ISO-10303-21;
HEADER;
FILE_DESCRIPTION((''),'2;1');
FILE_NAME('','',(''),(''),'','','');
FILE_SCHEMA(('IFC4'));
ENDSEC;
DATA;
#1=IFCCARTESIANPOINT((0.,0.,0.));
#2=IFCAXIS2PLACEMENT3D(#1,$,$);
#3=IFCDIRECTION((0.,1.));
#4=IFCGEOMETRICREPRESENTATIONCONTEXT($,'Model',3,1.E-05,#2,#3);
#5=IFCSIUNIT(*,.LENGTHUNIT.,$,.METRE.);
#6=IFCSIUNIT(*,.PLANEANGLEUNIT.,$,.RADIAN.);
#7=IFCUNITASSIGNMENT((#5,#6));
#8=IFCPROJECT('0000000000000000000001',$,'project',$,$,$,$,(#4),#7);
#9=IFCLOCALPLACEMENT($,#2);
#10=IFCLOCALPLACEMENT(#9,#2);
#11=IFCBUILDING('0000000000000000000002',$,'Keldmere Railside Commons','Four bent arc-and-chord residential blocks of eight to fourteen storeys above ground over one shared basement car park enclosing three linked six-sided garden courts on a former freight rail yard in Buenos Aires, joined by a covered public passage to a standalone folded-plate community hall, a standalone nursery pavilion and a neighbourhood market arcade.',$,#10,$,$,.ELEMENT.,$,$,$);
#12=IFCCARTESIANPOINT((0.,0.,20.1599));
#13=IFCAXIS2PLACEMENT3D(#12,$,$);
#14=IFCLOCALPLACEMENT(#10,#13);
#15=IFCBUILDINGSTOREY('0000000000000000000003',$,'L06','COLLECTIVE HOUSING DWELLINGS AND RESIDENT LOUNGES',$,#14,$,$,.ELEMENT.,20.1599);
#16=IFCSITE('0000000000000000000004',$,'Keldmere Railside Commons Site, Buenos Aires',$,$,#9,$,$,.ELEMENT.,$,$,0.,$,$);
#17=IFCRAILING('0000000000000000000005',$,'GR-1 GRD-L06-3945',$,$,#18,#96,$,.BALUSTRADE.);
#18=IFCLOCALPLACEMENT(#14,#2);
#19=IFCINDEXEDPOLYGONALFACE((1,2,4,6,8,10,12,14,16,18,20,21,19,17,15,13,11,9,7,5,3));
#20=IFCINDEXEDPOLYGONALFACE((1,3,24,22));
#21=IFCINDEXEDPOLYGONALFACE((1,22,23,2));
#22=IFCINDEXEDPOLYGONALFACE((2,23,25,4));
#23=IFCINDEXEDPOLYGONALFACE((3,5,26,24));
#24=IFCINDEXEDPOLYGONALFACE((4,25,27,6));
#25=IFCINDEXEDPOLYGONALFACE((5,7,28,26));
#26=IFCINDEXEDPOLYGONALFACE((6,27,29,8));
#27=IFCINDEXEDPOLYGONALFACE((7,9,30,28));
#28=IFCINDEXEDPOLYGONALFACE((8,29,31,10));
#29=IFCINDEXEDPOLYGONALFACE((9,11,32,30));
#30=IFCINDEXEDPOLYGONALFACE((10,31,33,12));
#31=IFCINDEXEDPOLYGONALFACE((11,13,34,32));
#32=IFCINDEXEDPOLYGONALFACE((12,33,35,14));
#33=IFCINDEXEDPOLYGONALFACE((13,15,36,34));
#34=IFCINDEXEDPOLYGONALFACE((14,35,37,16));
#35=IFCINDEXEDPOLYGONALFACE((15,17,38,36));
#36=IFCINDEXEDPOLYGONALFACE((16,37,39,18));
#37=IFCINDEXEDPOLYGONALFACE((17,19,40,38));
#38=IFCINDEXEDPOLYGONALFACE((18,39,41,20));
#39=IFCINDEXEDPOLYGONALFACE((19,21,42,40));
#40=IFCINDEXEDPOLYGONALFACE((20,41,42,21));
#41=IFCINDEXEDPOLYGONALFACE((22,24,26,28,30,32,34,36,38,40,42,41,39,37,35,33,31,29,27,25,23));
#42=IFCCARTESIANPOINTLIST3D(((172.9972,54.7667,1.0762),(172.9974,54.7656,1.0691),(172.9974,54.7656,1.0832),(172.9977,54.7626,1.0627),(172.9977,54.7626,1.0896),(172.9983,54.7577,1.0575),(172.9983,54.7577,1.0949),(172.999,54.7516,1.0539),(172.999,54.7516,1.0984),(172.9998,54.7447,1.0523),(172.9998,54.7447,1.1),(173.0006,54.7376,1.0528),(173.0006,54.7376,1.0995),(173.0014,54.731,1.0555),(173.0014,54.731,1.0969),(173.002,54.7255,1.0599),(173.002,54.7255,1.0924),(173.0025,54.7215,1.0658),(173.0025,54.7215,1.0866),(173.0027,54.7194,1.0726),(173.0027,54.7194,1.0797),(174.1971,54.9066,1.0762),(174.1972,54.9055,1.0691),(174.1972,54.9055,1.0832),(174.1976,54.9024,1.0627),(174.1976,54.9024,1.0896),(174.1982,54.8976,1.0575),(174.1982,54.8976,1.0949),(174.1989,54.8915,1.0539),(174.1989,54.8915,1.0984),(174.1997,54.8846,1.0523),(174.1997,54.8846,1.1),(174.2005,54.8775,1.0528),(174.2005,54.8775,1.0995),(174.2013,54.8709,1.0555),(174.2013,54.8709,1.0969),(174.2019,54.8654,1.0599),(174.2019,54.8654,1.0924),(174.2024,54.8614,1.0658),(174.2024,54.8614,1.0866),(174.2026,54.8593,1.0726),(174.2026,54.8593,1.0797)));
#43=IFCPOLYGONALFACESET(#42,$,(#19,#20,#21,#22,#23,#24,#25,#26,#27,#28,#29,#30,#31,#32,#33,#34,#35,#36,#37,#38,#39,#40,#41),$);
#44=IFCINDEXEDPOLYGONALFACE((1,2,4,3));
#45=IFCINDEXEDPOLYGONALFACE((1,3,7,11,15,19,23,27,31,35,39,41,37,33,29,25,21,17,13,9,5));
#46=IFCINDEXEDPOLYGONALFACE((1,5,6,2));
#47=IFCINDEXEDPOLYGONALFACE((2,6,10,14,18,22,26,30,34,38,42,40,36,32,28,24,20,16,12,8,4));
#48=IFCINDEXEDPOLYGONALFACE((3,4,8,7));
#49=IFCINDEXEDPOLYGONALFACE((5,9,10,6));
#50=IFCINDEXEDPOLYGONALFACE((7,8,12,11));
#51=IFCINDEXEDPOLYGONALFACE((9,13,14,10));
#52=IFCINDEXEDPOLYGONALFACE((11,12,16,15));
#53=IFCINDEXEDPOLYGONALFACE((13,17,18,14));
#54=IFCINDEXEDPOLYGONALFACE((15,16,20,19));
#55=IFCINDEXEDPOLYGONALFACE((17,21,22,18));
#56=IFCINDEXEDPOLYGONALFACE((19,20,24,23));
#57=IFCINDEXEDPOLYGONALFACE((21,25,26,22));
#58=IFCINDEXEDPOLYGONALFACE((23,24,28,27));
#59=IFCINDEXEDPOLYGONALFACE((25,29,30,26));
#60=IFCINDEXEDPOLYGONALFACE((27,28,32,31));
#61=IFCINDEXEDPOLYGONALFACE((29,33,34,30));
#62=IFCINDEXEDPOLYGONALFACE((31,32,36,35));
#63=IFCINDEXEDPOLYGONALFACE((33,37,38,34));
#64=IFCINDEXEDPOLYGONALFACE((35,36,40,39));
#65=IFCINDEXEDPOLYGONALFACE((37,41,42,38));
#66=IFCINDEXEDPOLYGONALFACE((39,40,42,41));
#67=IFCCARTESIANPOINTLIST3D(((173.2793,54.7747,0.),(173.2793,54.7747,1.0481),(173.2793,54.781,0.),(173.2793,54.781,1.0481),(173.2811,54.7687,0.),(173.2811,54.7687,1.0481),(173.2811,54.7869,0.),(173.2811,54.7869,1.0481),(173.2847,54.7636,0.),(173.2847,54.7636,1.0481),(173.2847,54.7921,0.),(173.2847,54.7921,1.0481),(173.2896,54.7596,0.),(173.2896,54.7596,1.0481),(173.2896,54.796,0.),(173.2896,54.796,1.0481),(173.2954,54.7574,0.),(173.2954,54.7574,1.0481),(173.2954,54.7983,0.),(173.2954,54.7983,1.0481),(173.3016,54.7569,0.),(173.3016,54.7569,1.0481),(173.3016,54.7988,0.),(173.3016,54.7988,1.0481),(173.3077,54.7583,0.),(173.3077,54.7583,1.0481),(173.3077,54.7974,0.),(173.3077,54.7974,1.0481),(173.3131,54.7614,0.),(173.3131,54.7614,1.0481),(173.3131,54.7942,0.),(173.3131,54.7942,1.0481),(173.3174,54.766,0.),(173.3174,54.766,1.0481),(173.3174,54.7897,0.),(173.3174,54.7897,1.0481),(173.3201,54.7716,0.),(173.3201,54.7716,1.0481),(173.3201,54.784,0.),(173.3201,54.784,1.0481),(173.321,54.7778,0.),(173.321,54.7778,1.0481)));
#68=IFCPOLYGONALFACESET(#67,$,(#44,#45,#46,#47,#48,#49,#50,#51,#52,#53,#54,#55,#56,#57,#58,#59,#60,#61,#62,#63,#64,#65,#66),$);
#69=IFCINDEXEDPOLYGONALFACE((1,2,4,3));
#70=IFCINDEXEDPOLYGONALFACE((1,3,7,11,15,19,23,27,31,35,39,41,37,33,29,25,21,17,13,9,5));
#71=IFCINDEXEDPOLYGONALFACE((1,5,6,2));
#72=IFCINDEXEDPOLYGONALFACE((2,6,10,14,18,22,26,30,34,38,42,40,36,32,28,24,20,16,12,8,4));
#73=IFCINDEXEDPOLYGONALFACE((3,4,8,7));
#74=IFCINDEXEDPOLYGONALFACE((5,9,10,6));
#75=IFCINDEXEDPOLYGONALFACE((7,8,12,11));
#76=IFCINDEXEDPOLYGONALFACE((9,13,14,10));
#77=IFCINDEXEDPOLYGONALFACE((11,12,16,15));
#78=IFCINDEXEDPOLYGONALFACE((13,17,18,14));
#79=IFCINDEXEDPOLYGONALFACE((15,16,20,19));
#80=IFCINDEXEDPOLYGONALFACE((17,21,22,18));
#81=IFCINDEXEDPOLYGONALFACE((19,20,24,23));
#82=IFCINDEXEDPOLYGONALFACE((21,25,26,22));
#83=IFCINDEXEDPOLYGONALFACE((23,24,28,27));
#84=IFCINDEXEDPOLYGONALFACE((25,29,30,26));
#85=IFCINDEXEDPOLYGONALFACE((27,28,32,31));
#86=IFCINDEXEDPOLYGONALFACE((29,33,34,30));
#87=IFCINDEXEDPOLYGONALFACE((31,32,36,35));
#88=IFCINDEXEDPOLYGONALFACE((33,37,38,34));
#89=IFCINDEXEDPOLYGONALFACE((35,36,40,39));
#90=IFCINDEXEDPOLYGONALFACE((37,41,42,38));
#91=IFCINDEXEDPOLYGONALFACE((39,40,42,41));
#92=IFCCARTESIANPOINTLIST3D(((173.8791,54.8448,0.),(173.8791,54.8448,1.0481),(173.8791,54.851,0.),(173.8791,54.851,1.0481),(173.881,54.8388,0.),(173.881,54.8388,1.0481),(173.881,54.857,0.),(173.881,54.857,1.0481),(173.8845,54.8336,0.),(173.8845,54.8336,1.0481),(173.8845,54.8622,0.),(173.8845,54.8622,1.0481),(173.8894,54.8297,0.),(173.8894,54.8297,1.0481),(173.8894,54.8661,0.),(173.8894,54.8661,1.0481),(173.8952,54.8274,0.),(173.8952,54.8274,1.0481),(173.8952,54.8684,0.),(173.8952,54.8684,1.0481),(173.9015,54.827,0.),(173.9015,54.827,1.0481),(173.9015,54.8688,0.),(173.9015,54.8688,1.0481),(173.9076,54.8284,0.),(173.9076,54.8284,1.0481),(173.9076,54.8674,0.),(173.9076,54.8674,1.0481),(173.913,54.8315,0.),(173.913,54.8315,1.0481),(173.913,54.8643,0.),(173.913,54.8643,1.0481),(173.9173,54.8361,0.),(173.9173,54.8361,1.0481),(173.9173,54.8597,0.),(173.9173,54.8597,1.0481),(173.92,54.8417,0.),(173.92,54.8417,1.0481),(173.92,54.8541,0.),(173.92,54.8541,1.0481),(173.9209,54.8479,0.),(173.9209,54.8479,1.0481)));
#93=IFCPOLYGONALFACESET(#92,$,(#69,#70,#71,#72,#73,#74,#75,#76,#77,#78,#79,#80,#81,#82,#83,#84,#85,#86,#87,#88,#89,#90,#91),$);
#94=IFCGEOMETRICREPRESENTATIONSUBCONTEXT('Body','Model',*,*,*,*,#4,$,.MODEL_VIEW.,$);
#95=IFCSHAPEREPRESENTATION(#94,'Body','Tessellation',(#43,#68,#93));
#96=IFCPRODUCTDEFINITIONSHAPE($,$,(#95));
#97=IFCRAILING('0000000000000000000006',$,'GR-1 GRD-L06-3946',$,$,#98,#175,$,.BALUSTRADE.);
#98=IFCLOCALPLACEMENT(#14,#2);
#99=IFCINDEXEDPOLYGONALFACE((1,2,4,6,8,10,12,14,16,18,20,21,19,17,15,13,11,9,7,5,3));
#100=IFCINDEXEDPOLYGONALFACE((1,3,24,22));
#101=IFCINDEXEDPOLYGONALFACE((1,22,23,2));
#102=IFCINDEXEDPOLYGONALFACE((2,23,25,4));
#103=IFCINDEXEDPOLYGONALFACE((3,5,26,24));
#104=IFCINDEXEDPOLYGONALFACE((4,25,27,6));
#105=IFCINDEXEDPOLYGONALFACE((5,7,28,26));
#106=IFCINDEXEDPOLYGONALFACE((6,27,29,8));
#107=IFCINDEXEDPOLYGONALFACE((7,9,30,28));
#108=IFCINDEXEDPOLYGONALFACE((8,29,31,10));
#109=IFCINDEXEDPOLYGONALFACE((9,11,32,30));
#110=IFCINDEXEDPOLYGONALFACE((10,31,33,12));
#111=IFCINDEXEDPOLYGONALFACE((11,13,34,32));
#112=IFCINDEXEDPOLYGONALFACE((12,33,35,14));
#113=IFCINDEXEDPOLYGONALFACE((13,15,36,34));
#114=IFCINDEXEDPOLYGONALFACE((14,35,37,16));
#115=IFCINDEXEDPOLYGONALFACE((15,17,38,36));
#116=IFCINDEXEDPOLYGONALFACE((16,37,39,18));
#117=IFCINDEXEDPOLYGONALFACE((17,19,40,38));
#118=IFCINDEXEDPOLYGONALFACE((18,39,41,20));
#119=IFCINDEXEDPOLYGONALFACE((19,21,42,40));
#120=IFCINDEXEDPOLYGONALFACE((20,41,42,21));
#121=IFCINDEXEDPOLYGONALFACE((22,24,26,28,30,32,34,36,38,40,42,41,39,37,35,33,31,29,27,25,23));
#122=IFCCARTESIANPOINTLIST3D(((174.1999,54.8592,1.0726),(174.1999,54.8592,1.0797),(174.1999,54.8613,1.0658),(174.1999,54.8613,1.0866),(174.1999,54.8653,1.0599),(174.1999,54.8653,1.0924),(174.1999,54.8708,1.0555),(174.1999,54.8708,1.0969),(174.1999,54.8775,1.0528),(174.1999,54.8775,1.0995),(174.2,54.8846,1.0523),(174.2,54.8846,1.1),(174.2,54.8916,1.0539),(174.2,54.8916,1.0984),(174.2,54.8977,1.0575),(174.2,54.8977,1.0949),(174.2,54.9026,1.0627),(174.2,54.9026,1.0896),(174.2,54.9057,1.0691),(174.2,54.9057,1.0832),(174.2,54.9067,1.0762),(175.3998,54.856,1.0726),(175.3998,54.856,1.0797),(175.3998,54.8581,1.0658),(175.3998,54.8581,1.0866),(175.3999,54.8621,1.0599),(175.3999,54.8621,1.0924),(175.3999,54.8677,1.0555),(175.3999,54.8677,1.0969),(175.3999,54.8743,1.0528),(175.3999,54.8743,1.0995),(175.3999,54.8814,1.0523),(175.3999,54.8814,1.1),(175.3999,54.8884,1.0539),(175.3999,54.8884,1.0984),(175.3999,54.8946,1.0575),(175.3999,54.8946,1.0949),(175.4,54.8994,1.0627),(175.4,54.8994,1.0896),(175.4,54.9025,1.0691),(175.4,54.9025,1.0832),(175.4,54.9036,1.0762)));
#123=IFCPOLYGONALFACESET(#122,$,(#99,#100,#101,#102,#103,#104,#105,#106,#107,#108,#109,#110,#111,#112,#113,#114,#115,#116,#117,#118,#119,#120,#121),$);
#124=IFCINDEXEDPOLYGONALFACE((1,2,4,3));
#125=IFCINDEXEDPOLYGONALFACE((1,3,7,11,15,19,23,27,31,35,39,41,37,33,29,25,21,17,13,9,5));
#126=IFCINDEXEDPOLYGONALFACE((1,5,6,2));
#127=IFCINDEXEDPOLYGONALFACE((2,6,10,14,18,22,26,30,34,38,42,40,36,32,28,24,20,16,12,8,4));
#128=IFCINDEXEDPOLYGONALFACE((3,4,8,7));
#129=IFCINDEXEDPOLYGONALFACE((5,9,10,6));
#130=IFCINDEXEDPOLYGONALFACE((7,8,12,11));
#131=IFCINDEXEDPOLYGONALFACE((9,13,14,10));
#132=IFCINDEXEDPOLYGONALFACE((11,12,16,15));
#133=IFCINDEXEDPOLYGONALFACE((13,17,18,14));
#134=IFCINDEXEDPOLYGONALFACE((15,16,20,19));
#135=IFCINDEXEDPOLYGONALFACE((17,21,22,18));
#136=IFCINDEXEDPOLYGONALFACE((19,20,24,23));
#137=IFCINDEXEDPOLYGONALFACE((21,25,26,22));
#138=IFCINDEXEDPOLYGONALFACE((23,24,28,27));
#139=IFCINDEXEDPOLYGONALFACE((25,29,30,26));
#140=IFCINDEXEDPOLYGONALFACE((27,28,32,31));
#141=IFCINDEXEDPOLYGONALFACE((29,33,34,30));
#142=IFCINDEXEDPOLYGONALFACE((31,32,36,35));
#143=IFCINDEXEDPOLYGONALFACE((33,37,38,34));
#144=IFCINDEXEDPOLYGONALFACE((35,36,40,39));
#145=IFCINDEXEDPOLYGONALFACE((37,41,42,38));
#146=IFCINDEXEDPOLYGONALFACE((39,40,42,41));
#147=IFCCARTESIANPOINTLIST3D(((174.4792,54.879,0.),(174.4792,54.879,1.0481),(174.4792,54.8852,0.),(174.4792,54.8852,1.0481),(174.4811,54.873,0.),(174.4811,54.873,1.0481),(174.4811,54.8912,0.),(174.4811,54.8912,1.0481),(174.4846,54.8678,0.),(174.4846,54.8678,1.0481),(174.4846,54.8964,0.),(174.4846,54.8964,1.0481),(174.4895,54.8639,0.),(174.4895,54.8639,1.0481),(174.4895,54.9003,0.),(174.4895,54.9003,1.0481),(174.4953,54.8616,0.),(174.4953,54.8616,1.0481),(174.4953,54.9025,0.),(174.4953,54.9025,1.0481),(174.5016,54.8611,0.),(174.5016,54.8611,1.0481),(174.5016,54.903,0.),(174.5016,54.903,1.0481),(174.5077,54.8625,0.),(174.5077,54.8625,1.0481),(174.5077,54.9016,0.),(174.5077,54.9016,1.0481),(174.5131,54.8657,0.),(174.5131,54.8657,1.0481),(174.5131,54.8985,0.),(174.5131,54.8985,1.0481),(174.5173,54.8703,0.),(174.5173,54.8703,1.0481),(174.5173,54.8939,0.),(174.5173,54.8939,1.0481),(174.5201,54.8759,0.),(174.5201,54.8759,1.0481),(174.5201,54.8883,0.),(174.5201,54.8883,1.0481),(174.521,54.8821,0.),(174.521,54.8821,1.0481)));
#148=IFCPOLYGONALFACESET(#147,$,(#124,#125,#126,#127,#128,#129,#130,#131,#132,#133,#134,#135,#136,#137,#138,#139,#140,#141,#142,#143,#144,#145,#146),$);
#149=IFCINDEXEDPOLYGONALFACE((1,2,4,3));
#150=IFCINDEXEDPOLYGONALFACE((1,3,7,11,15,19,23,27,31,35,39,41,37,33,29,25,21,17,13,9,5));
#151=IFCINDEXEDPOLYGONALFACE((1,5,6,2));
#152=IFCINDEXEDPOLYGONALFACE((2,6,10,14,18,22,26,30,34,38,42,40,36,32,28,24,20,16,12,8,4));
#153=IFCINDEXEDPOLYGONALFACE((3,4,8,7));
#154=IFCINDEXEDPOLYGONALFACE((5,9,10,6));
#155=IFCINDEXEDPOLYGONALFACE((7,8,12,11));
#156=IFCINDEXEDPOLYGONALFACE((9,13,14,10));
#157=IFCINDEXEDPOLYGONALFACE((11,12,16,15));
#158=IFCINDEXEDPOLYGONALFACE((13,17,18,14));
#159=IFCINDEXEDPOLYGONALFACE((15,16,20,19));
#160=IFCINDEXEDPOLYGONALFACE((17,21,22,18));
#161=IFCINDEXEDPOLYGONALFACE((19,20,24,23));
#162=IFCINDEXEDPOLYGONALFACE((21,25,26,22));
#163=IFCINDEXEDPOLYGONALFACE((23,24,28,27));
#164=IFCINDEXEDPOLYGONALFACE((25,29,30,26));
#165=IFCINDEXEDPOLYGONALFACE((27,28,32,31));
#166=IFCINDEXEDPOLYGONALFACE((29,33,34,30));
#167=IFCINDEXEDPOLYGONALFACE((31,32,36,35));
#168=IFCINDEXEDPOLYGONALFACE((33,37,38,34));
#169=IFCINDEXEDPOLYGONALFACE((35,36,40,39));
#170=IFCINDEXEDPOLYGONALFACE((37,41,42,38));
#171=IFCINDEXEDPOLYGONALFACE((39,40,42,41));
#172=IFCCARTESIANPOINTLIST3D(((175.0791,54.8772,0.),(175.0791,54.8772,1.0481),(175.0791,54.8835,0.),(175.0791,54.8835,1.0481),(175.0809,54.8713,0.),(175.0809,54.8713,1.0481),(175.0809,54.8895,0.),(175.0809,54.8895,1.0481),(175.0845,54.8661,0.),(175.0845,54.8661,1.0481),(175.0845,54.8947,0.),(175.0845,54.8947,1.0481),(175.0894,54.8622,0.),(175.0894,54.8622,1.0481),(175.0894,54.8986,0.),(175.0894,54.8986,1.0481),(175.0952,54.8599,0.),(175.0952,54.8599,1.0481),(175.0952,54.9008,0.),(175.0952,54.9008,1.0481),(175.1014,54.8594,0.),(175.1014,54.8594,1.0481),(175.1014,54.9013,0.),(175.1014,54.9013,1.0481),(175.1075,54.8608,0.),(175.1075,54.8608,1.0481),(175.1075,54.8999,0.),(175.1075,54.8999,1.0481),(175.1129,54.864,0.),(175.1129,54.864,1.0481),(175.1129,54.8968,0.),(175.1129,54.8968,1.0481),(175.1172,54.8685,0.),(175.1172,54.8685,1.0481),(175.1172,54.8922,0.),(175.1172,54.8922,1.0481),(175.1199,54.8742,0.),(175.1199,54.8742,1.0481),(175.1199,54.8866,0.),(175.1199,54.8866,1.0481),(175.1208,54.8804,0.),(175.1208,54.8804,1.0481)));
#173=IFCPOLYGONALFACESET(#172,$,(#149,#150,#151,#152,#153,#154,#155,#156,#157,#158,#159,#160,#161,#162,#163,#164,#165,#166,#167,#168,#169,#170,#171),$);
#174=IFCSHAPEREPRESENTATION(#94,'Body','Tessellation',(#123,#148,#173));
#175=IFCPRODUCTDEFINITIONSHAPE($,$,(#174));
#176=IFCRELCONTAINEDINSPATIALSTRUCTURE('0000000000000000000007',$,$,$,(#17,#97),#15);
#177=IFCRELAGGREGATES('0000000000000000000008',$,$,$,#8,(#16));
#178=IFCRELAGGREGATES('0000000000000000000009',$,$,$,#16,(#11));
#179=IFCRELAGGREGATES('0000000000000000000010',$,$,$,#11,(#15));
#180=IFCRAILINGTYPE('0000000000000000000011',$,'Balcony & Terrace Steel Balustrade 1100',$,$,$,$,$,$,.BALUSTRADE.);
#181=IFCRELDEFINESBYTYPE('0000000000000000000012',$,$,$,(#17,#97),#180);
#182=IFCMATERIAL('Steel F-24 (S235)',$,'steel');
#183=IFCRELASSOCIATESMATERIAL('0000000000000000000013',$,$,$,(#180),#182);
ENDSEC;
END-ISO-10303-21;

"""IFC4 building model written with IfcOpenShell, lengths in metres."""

from ifc_helpers import new_model, si_unit, direction, frame, origin, origin_2d, place, context, subcontext, project, spatial, circle, extrude, material, type_object, element, save


model = new_model("IFC4")

# Units and contexts
model_context = context("Model", 3, precision=1e-05, world=origin(), true_north=direction((0.0, 1.0)))
body_context = subcontext(model_context, "Body", "Model", "MODEL_VIEW")
ifc_project = project(units=[si_unit("LENGTHUNIT", "METRE"), si_unit("PLANEANGLEUNIT", "RADIAN")], contexts=[model_context])

# Site, building, storey
site_placement = place(None, origin())
site = spatial("IfcSite", under=ifc_project, at=site_placement, Name="Keldmere Railside Commons Site, Buenos Aires", CompositionType="ELEMENT", RefElevation=0.0)
building_placement = place(site_placement, origin())
building = spatial("IfcBuilding", under=site, at=building_placement, Name="Keldmere Railside Commons", Description="Four bent arc-and-chord residential blocks of eight to fourteen storeys above ground over one shared basement car park enclosing three linked six-sided garden courts on a former freight rail yard in Buenos Aires, joined by a covered public passage to a standalone folded-plate community hall, a standalone nursery pavilion and a neighbourhood market arcade.", CompositionType="ELEMENT")
storey_placement = place(building_placement, frame((0.0, 0.0, 20.1599)))
storey = spatial("IfcBuildingStorey", under=building, at=storey_placement, Name="L06", Description="COLLECTIVE HOUSING DWELLINGS AND RESIDENT LOUNGES", CompositionType="ELEMENT", Elevation=20.1599)

# Railings
ifc_material_1 = material(Name="Steel F-24 (S235)", Category="steel")
railing_type = type_object("IfcRailingType", Name="Balcony & Terrace Steel Balustrade 1100", PredefinedType="BALUSTRADE", material=ifc_material_1)
railing_1_placement = place(storey_placement, frame((173.0, 54.7429, 0.0)))
element("IfcRailing", 1, at=railing_1_placement, inside=storey, type_object=railing_type, Name="GR-1 GRD-L06-3945", PredefinedType="BALUSTRADE", context=body_context, shape_type="SweptSolid", body=[
    extrude(circle(Radius=0.0239, at=origin_2d()), frame((0.0, 0.0, 1.0762), z_axis=(0.993273, 0.115798, 0.0), x_axis=(-0.115798, 0.993273, 0.0)), (0.0, 0.0, 1.0), 1.208),
    extrude(circle(Radius=0.021, at=origin_2d()), frame((0.3, 0.0349, 0.0)), (0.0, 0.0, 1.0), 1.0481),
    extrude(circle(Radius=0.021, at=origin_2d()), frame((0.8999, 0.105, 0.0)), (0.0, 0.0, 1.0), 1.0481),
])
railing_2_placement = place(storey_placement, frame((174.2, 54.8828, 0.0)))
element("IfcRailing", 2, at=railing_2_placement, inside=storey, type_object=railing_type, Name="GR-1 GRD-L06-3946", PredefinedType="BALUSTRADE", context=body_context, shape_type="SweptSolid", body=[
    extrude(circle(Radius=0.0239, at=origin_2d()), frame((0.0, 0.0, 1.0762), z_axis=(0.999997, -0.002645, 0.0), x_axis=(0.002645, 0.999997, 0.0)), (0.0, 0.0, 1.0), 1.2),
    extrude(circle(Radius=0.021, at=origin_2d()), frame((0.3, -0.0007, 0.0)), (0.0, 0.0, 1.0), 1.0481),
    extrude(circle(Radius=0.021, at=origin_2d()), frame((0.8999, -0.0024, 0.0)), (0.0, 0.0, 1.0), 1.0481),
])

save(model, "model.ifc")
